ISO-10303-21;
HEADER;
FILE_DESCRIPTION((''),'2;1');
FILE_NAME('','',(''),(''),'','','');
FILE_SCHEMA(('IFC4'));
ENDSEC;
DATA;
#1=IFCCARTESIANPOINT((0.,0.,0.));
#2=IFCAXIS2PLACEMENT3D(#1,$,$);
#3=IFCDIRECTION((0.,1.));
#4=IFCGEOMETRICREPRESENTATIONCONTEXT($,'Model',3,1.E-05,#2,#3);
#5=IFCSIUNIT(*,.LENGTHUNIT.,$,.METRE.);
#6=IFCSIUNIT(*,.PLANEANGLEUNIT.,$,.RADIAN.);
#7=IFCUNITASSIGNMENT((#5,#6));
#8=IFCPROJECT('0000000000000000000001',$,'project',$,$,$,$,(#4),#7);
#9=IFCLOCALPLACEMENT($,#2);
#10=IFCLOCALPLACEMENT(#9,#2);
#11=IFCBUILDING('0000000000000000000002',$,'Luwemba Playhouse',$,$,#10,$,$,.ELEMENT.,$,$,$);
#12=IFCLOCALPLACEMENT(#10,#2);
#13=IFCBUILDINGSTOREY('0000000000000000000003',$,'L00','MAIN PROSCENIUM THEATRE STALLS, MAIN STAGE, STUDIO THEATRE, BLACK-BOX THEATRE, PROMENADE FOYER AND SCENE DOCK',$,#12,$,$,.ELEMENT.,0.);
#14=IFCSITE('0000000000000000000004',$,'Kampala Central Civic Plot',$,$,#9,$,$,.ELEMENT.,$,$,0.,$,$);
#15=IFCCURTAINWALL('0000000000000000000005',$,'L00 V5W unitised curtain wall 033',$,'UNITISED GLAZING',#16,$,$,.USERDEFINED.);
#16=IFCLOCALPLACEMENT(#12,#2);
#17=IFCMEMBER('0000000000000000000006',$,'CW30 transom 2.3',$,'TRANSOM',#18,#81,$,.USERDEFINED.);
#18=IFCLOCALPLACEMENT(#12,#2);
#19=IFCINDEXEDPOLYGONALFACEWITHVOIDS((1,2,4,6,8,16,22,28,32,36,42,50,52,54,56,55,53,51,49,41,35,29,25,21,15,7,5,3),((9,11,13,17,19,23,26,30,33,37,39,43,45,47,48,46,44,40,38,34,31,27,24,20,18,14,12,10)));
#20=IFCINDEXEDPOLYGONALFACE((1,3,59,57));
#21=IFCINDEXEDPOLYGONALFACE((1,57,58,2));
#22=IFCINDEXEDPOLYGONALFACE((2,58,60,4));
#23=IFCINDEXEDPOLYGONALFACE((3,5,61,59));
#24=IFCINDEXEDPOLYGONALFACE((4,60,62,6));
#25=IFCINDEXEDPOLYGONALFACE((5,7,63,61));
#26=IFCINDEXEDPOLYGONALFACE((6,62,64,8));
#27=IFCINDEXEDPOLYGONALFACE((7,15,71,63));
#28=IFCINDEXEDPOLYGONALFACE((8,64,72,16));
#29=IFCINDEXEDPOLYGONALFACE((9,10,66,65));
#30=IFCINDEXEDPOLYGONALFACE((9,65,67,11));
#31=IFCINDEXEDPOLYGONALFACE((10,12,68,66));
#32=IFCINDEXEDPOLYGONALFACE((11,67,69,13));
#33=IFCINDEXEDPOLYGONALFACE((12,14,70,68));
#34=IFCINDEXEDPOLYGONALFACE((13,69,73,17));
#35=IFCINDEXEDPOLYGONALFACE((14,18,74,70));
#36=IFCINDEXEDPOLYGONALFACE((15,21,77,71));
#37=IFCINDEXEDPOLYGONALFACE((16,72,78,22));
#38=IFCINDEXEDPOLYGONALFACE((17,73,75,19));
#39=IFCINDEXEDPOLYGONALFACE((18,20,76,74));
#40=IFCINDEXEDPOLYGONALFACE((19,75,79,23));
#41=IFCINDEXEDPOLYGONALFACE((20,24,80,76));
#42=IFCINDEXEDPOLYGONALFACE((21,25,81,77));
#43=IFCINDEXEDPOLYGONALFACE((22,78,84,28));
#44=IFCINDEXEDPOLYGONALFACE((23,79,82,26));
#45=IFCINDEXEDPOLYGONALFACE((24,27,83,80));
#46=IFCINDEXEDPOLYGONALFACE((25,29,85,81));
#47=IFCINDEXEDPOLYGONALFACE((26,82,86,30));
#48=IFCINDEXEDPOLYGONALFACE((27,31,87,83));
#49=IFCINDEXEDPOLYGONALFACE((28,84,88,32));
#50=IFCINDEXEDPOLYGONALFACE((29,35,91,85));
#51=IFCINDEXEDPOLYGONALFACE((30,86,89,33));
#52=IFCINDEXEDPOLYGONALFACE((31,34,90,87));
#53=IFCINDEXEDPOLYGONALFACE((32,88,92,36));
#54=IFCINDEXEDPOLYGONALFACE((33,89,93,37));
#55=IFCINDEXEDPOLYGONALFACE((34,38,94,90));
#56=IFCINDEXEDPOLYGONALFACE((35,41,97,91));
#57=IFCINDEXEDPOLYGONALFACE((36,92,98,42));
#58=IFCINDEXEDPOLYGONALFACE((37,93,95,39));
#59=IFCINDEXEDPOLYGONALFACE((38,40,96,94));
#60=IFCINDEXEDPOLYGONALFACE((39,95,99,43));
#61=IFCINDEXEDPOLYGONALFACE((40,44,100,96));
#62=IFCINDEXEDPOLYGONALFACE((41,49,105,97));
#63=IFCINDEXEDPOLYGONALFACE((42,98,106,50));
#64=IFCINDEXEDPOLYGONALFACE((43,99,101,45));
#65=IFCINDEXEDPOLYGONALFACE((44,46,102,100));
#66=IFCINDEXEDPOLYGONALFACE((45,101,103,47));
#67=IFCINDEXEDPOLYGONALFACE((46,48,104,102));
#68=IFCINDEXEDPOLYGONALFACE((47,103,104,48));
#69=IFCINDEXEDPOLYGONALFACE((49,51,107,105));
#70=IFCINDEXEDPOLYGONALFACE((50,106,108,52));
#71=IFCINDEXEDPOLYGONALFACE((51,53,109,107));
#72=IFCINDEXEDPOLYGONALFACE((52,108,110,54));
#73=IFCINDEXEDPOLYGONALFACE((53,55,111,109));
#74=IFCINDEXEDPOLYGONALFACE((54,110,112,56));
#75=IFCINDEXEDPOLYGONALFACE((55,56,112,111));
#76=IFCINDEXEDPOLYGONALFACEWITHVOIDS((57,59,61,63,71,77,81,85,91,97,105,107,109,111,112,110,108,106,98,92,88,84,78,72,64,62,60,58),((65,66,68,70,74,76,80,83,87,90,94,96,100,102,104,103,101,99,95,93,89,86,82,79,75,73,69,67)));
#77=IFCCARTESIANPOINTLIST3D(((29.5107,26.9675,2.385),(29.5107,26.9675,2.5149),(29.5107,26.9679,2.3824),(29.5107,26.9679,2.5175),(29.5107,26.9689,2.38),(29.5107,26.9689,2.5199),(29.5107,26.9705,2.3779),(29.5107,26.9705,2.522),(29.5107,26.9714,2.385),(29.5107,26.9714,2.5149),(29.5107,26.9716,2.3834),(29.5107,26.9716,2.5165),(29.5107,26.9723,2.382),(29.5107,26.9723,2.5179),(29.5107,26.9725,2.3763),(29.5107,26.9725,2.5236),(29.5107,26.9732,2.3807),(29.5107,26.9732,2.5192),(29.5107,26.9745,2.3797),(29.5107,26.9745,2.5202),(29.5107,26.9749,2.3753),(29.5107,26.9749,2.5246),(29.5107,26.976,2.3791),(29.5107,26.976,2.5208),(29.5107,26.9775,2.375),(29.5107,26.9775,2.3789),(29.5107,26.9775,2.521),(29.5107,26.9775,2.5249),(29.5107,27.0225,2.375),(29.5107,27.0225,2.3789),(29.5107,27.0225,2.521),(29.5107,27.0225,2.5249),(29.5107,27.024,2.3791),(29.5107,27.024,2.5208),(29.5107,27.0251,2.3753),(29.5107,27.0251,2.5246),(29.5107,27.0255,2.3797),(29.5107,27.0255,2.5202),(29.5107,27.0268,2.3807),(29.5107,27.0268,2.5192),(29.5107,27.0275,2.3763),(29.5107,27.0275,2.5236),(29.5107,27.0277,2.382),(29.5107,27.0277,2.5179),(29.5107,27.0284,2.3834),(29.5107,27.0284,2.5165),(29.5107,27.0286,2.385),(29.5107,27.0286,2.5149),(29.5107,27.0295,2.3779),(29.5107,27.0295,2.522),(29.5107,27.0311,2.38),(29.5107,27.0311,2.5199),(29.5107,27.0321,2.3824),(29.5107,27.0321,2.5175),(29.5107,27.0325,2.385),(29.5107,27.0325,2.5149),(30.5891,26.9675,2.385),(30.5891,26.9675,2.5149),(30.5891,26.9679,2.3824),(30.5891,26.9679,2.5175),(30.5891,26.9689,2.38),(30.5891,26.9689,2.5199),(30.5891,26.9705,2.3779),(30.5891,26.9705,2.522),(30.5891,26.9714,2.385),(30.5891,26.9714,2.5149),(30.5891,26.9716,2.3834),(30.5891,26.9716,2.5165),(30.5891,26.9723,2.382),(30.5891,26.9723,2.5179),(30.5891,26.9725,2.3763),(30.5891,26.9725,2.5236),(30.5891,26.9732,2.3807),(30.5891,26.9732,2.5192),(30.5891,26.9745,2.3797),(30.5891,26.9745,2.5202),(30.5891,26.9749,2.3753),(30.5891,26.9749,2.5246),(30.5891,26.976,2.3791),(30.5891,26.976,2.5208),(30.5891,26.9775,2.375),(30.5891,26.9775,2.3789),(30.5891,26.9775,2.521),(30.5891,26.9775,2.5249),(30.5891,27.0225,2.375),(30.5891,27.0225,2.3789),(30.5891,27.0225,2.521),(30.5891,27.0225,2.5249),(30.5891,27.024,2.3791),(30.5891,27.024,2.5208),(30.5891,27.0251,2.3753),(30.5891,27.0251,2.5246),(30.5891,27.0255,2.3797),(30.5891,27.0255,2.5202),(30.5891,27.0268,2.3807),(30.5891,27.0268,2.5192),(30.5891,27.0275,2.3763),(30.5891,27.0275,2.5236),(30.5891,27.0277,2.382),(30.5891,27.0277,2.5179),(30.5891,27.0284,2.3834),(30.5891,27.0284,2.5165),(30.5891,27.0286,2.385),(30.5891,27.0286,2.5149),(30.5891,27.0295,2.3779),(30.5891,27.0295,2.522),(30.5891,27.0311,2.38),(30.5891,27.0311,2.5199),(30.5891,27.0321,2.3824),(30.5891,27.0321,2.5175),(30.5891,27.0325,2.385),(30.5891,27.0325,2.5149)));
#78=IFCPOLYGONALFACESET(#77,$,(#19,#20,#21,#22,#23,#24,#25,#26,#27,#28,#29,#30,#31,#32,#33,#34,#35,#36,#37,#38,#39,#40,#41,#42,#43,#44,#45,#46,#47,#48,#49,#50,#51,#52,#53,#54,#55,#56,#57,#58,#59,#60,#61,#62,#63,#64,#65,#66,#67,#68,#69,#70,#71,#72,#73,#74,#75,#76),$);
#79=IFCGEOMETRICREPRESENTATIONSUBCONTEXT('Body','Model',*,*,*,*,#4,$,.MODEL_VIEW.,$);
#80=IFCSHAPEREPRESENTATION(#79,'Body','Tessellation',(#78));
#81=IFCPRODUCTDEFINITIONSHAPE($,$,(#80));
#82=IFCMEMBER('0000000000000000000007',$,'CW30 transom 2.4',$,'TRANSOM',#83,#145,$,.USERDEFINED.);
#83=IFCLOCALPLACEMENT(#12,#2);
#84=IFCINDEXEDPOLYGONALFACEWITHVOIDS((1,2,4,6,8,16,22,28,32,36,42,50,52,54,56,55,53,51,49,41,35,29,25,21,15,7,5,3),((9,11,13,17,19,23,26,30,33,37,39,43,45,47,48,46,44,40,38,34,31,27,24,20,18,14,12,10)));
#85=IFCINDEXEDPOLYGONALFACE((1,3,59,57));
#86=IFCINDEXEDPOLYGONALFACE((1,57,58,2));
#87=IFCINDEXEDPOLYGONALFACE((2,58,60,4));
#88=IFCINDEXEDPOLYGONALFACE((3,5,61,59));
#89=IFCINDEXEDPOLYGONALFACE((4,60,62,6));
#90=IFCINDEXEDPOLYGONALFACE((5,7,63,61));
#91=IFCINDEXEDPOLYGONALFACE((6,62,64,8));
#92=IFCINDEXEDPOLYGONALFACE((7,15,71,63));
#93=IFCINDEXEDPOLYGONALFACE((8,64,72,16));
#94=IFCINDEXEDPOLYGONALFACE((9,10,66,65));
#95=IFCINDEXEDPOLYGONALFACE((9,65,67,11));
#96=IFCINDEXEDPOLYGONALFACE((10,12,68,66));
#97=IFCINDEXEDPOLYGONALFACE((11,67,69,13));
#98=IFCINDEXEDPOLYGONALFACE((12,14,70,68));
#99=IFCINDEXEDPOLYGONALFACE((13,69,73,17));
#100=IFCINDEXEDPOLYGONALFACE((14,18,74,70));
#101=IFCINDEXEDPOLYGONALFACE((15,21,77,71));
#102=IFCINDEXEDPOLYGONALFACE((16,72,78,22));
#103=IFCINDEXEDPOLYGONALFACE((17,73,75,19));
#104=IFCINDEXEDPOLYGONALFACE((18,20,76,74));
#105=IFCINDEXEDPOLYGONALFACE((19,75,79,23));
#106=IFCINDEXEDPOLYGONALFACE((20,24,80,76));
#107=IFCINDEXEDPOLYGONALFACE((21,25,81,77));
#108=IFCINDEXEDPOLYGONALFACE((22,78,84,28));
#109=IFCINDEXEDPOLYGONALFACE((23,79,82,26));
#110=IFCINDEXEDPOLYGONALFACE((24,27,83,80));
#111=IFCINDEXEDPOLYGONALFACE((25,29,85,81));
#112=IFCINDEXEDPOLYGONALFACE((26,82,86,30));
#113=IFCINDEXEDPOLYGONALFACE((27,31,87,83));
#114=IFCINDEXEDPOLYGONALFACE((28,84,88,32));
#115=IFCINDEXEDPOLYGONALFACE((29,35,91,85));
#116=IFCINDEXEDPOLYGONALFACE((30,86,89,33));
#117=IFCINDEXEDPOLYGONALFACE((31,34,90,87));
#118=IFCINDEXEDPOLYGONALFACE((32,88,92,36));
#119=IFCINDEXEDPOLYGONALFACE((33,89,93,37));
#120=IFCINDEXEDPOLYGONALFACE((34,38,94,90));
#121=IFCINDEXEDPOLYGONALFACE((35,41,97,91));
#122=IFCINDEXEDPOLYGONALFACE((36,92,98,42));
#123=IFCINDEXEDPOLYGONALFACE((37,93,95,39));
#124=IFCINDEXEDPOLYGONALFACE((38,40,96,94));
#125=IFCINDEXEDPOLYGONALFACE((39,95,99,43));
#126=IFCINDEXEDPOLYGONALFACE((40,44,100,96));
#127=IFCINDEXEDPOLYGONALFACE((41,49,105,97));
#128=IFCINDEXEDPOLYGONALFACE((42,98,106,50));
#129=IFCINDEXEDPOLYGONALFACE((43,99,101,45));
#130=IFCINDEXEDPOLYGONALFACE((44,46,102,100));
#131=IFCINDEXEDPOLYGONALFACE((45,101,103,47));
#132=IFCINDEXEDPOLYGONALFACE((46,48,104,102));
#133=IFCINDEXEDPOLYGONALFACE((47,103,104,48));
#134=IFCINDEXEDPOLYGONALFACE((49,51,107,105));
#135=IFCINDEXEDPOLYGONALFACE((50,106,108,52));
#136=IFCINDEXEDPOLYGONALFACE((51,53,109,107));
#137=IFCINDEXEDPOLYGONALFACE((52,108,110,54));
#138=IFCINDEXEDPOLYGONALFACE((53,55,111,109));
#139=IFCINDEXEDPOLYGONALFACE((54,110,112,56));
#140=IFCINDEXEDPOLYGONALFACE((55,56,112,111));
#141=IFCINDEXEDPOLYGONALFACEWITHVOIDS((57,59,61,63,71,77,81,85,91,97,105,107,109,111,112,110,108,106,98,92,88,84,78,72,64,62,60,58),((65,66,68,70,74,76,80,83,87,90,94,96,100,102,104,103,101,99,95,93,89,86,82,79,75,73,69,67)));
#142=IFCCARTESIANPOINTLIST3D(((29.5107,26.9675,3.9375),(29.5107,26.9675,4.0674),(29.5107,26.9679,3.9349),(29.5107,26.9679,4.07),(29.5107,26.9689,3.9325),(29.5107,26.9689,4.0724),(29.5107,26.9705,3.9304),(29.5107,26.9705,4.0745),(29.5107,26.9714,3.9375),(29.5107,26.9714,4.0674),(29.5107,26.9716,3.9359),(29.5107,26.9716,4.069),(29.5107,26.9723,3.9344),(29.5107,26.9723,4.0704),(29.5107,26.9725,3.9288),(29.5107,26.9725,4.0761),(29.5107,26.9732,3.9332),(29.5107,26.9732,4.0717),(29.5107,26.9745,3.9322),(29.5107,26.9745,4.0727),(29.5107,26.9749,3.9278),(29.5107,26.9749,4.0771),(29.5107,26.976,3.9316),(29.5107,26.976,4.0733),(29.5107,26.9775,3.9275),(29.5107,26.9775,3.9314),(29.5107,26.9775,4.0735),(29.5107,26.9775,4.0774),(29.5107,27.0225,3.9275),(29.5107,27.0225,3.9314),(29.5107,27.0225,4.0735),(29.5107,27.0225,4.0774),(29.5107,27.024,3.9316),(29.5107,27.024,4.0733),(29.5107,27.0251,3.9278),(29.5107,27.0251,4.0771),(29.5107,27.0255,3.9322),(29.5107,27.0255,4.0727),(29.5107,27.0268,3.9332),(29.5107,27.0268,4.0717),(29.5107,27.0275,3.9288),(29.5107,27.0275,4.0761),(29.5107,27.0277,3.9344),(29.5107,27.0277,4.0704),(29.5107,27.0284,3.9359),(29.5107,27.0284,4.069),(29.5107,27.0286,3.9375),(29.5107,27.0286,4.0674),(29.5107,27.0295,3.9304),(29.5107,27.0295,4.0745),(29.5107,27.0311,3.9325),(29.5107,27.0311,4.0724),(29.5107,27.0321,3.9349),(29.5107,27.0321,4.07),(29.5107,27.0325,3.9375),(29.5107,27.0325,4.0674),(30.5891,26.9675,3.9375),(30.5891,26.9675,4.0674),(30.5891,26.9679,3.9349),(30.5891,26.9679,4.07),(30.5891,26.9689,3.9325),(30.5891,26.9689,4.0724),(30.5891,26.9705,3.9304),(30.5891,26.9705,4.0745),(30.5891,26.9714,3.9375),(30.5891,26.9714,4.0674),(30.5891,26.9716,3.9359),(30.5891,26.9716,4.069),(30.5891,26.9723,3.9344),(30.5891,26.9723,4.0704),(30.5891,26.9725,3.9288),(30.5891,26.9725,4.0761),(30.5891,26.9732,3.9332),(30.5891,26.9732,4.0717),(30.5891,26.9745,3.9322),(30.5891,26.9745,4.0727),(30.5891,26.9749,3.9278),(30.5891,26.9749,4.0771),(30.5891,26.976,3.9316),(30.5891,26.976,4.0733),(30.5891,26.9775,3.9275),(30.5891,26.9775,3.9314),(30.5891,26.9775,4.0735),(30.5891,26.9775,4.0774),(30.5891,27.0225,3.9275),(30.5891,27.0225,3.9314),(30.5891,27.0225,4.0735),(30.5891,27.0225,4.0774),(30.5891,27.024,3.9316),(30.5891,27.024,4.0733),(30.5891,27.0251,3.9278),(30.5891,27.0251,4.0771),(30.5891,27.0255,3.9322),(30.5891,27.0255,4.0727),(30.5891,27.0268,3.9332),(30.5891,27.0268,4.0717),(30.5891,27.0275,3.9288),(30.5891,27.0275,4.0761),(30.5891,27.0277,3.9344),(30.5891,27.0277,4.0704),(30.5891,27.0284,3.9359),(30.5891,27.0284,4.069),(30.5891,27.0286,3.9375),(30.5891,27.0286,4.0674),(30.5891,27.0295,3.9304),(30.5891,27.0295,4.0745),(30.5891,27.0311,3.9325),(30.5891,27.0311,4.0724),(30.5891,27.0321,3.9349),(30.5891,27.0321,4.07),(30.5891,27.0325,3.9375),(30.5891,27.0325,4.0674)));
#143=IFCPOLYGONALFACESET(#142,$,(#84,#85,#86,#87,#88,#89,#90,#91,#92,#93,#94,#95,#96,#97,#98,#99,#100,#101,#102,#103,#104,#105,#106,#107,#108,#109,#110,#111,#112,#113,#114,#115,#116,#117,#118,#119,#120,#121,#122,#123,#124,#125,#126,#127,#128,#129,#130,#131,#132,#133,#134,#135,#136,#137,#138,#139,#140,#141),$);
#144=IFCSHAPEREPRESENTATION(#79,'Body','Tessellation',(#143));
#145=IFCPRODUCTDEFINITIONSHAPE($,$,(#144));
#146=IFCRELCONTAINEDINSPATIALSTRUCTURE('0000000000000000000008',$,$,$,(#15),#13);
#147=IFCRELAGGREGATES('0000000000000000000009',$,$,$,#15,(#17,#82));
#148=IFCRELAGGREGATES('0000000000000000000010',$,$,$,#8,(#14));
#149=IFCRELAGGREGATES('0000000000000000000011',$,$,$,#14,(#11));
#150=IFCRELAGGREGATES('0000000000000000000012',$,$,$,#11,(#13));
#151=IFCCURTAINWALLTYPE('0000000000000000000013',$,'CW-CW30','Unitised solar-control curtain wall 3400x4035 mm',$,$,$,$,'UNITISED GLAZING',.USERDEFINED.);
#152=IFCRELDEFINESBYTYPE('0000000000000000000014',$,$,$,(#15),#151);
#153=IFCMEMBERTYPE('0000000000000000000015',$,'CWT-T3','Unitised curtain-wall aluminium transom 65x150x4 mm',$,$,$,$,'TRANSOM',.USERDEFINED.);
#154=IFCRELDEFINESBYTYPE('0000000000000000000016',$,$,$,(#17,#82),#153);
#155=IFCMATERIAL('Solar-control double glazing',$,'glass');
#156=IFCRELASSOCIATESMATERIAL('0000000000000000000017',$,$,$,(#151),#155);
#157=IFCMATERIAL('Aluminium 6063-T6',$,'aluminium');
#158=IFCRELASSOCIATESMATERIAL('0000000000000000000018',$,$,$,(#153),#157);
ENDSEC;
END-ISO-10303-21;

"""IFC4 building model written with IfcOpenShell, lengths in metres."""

from ifc_helpers import new_model, si_unit, direction, frame, origin, origin_2d, place, context, subcontext, project, spatial, hollow_rectangle, extrude, material, material_profile, profile_set, type_object, element, aggregate, save


model = new_model("IFC4")

# Units and contexts
model_context = context("Model", 3, precision=1e-05, world=origin(), true_north=direction((0.0, 1.0)))
body_context = subcontext(model_context, "Body", "Model", "MODEL_VIEW")
ifc_project = project(units=[si_unit("LENGTHUNIT", "METRE"), si_unit("PLANEANGLEUNIT", "RADIAN")], contexts=[model_context])

# Site, building, storey
site_placement = place(None, origin())
site = spatial("IfcSite", under=ifc_project, at=site_placement, Name="Kampala Central Civic Plot", CompositionType="ELEMENT", RefElevation=0.0)
building_placement = place(site_placement, origin())
building = spatial("IfcBuilding", under=site, at=building_placement, Name="Luwemba Playhouse", CompositionType="ELEMENT")
storey_placement = place(building_placement, origin())
storey = spatial("IfcBuildingStorey", under=building, at=storey_placement, Name="L00", Description="MAIN PROSCENIUM THEATRE STALLS, MAIN STAGE, STUDIO THEATRE, BLACK-BOX THEATRE, PROMENADE FOYER AND SCENE DOCK", CompositionType="ELEMENT", Elevation=0.0)

# Curtain wall, members
ifc_material_1 = material(Name="Solar-control double glazing", Category="glass")
curtain_wall_type = type_object("IfcCurtainWallType", Name="CW-CW30", Description="Unitised solar-control curtain wall 3400x4035 mm", ElementType="UNITISED GLAZING", PredefinedType="USERDEFINED", material=ifc_material_1)
curtain_wall_placement = place(storey_placement, origin())
curtain_wall = element("IfcCurtainWall", 1, at=curtain_wall_placement, inside=storey, type_object=curtain_wall_type, Name="L00 V5W unitised curtain wall 033", ObjectType="UNITISED GLAZING", PredefinedType="USERDEFINED")
ifc_material_2 = material(Name="Aluminium 6063-T6", Category="aluminium")
ifc_material_profile_1 = material_profile(ifc_material_2, hollow_rectangle(XDim=0.0649, YDim=0.1499, WallThickness=0.0039, InnerFilletRadius=0.0061, OuterFilletRadius=0.01, at=origin_2d()))
ifc_profile_set_1 = profile_set([ifc_material_profile_1], Name="Aluminium 6063-T6")
member_type_1 = type_object("IfcMemberType", Name="CWT-T3", Description="Unitised curtain-wall aluminium transom 65x150x4 mm", ElementType="TRANSOM", PredefinedType="USERDEFINED", material=ifc_profile_set_1)
member_1_placement = place(storey_placement, frame((29.5107, 27.0, 2.45), z_axis=(1.0, 0.0, 0.0), x_axis=(0.0, 1.0, 0.0)))
member_1 = element("IfcMember", 2, at=member_1_placement, type_object=member_type_1, Name="CW30 transom 2.3", ObjectType="TRANSOM", PredefinedType="USERDEFINED", context=body_context, shape_type="SweptSolid", body=[
    extrude(hollow_rectangle(XDim=0.0649, YDim=0.1499, WallThickness=0.0039, InnerFilletRadius=0.0061, OuterFilletRadius=0.01, at=origin_2d()), origin(), (0.0, 0.0, 1.0), 1.0784),
])
member_2_placement = place(storey_placement, frame((29.5107, 27.0, 4.0024), z_axis=(1.0, 0.0, 0.0), x_axis=(0.0, 1.0, 0.0)))
member_2 = element("IfcMember", 3, at=member_2_placement, type_object=member_type_1, Name="CW30 transom 2.4", ObjectType="TRANSOM", PredefinedType="USERDEFINED", context=body_context, shape_type="SweptSolid", body=[
    extrude(hollow_rectangle(XDim=0.0649, YDim=0.1499, WallThickness=0.0039, InnerFilletRadius=0.0061, OuterFilletRadius=0.01, at=origin_2d()), origin(), (0.0, 0.0, 1.0), 1.0784),
])
aggregate(curtain_wall, [member_1, member_2])

save(model, "model.ifc")
